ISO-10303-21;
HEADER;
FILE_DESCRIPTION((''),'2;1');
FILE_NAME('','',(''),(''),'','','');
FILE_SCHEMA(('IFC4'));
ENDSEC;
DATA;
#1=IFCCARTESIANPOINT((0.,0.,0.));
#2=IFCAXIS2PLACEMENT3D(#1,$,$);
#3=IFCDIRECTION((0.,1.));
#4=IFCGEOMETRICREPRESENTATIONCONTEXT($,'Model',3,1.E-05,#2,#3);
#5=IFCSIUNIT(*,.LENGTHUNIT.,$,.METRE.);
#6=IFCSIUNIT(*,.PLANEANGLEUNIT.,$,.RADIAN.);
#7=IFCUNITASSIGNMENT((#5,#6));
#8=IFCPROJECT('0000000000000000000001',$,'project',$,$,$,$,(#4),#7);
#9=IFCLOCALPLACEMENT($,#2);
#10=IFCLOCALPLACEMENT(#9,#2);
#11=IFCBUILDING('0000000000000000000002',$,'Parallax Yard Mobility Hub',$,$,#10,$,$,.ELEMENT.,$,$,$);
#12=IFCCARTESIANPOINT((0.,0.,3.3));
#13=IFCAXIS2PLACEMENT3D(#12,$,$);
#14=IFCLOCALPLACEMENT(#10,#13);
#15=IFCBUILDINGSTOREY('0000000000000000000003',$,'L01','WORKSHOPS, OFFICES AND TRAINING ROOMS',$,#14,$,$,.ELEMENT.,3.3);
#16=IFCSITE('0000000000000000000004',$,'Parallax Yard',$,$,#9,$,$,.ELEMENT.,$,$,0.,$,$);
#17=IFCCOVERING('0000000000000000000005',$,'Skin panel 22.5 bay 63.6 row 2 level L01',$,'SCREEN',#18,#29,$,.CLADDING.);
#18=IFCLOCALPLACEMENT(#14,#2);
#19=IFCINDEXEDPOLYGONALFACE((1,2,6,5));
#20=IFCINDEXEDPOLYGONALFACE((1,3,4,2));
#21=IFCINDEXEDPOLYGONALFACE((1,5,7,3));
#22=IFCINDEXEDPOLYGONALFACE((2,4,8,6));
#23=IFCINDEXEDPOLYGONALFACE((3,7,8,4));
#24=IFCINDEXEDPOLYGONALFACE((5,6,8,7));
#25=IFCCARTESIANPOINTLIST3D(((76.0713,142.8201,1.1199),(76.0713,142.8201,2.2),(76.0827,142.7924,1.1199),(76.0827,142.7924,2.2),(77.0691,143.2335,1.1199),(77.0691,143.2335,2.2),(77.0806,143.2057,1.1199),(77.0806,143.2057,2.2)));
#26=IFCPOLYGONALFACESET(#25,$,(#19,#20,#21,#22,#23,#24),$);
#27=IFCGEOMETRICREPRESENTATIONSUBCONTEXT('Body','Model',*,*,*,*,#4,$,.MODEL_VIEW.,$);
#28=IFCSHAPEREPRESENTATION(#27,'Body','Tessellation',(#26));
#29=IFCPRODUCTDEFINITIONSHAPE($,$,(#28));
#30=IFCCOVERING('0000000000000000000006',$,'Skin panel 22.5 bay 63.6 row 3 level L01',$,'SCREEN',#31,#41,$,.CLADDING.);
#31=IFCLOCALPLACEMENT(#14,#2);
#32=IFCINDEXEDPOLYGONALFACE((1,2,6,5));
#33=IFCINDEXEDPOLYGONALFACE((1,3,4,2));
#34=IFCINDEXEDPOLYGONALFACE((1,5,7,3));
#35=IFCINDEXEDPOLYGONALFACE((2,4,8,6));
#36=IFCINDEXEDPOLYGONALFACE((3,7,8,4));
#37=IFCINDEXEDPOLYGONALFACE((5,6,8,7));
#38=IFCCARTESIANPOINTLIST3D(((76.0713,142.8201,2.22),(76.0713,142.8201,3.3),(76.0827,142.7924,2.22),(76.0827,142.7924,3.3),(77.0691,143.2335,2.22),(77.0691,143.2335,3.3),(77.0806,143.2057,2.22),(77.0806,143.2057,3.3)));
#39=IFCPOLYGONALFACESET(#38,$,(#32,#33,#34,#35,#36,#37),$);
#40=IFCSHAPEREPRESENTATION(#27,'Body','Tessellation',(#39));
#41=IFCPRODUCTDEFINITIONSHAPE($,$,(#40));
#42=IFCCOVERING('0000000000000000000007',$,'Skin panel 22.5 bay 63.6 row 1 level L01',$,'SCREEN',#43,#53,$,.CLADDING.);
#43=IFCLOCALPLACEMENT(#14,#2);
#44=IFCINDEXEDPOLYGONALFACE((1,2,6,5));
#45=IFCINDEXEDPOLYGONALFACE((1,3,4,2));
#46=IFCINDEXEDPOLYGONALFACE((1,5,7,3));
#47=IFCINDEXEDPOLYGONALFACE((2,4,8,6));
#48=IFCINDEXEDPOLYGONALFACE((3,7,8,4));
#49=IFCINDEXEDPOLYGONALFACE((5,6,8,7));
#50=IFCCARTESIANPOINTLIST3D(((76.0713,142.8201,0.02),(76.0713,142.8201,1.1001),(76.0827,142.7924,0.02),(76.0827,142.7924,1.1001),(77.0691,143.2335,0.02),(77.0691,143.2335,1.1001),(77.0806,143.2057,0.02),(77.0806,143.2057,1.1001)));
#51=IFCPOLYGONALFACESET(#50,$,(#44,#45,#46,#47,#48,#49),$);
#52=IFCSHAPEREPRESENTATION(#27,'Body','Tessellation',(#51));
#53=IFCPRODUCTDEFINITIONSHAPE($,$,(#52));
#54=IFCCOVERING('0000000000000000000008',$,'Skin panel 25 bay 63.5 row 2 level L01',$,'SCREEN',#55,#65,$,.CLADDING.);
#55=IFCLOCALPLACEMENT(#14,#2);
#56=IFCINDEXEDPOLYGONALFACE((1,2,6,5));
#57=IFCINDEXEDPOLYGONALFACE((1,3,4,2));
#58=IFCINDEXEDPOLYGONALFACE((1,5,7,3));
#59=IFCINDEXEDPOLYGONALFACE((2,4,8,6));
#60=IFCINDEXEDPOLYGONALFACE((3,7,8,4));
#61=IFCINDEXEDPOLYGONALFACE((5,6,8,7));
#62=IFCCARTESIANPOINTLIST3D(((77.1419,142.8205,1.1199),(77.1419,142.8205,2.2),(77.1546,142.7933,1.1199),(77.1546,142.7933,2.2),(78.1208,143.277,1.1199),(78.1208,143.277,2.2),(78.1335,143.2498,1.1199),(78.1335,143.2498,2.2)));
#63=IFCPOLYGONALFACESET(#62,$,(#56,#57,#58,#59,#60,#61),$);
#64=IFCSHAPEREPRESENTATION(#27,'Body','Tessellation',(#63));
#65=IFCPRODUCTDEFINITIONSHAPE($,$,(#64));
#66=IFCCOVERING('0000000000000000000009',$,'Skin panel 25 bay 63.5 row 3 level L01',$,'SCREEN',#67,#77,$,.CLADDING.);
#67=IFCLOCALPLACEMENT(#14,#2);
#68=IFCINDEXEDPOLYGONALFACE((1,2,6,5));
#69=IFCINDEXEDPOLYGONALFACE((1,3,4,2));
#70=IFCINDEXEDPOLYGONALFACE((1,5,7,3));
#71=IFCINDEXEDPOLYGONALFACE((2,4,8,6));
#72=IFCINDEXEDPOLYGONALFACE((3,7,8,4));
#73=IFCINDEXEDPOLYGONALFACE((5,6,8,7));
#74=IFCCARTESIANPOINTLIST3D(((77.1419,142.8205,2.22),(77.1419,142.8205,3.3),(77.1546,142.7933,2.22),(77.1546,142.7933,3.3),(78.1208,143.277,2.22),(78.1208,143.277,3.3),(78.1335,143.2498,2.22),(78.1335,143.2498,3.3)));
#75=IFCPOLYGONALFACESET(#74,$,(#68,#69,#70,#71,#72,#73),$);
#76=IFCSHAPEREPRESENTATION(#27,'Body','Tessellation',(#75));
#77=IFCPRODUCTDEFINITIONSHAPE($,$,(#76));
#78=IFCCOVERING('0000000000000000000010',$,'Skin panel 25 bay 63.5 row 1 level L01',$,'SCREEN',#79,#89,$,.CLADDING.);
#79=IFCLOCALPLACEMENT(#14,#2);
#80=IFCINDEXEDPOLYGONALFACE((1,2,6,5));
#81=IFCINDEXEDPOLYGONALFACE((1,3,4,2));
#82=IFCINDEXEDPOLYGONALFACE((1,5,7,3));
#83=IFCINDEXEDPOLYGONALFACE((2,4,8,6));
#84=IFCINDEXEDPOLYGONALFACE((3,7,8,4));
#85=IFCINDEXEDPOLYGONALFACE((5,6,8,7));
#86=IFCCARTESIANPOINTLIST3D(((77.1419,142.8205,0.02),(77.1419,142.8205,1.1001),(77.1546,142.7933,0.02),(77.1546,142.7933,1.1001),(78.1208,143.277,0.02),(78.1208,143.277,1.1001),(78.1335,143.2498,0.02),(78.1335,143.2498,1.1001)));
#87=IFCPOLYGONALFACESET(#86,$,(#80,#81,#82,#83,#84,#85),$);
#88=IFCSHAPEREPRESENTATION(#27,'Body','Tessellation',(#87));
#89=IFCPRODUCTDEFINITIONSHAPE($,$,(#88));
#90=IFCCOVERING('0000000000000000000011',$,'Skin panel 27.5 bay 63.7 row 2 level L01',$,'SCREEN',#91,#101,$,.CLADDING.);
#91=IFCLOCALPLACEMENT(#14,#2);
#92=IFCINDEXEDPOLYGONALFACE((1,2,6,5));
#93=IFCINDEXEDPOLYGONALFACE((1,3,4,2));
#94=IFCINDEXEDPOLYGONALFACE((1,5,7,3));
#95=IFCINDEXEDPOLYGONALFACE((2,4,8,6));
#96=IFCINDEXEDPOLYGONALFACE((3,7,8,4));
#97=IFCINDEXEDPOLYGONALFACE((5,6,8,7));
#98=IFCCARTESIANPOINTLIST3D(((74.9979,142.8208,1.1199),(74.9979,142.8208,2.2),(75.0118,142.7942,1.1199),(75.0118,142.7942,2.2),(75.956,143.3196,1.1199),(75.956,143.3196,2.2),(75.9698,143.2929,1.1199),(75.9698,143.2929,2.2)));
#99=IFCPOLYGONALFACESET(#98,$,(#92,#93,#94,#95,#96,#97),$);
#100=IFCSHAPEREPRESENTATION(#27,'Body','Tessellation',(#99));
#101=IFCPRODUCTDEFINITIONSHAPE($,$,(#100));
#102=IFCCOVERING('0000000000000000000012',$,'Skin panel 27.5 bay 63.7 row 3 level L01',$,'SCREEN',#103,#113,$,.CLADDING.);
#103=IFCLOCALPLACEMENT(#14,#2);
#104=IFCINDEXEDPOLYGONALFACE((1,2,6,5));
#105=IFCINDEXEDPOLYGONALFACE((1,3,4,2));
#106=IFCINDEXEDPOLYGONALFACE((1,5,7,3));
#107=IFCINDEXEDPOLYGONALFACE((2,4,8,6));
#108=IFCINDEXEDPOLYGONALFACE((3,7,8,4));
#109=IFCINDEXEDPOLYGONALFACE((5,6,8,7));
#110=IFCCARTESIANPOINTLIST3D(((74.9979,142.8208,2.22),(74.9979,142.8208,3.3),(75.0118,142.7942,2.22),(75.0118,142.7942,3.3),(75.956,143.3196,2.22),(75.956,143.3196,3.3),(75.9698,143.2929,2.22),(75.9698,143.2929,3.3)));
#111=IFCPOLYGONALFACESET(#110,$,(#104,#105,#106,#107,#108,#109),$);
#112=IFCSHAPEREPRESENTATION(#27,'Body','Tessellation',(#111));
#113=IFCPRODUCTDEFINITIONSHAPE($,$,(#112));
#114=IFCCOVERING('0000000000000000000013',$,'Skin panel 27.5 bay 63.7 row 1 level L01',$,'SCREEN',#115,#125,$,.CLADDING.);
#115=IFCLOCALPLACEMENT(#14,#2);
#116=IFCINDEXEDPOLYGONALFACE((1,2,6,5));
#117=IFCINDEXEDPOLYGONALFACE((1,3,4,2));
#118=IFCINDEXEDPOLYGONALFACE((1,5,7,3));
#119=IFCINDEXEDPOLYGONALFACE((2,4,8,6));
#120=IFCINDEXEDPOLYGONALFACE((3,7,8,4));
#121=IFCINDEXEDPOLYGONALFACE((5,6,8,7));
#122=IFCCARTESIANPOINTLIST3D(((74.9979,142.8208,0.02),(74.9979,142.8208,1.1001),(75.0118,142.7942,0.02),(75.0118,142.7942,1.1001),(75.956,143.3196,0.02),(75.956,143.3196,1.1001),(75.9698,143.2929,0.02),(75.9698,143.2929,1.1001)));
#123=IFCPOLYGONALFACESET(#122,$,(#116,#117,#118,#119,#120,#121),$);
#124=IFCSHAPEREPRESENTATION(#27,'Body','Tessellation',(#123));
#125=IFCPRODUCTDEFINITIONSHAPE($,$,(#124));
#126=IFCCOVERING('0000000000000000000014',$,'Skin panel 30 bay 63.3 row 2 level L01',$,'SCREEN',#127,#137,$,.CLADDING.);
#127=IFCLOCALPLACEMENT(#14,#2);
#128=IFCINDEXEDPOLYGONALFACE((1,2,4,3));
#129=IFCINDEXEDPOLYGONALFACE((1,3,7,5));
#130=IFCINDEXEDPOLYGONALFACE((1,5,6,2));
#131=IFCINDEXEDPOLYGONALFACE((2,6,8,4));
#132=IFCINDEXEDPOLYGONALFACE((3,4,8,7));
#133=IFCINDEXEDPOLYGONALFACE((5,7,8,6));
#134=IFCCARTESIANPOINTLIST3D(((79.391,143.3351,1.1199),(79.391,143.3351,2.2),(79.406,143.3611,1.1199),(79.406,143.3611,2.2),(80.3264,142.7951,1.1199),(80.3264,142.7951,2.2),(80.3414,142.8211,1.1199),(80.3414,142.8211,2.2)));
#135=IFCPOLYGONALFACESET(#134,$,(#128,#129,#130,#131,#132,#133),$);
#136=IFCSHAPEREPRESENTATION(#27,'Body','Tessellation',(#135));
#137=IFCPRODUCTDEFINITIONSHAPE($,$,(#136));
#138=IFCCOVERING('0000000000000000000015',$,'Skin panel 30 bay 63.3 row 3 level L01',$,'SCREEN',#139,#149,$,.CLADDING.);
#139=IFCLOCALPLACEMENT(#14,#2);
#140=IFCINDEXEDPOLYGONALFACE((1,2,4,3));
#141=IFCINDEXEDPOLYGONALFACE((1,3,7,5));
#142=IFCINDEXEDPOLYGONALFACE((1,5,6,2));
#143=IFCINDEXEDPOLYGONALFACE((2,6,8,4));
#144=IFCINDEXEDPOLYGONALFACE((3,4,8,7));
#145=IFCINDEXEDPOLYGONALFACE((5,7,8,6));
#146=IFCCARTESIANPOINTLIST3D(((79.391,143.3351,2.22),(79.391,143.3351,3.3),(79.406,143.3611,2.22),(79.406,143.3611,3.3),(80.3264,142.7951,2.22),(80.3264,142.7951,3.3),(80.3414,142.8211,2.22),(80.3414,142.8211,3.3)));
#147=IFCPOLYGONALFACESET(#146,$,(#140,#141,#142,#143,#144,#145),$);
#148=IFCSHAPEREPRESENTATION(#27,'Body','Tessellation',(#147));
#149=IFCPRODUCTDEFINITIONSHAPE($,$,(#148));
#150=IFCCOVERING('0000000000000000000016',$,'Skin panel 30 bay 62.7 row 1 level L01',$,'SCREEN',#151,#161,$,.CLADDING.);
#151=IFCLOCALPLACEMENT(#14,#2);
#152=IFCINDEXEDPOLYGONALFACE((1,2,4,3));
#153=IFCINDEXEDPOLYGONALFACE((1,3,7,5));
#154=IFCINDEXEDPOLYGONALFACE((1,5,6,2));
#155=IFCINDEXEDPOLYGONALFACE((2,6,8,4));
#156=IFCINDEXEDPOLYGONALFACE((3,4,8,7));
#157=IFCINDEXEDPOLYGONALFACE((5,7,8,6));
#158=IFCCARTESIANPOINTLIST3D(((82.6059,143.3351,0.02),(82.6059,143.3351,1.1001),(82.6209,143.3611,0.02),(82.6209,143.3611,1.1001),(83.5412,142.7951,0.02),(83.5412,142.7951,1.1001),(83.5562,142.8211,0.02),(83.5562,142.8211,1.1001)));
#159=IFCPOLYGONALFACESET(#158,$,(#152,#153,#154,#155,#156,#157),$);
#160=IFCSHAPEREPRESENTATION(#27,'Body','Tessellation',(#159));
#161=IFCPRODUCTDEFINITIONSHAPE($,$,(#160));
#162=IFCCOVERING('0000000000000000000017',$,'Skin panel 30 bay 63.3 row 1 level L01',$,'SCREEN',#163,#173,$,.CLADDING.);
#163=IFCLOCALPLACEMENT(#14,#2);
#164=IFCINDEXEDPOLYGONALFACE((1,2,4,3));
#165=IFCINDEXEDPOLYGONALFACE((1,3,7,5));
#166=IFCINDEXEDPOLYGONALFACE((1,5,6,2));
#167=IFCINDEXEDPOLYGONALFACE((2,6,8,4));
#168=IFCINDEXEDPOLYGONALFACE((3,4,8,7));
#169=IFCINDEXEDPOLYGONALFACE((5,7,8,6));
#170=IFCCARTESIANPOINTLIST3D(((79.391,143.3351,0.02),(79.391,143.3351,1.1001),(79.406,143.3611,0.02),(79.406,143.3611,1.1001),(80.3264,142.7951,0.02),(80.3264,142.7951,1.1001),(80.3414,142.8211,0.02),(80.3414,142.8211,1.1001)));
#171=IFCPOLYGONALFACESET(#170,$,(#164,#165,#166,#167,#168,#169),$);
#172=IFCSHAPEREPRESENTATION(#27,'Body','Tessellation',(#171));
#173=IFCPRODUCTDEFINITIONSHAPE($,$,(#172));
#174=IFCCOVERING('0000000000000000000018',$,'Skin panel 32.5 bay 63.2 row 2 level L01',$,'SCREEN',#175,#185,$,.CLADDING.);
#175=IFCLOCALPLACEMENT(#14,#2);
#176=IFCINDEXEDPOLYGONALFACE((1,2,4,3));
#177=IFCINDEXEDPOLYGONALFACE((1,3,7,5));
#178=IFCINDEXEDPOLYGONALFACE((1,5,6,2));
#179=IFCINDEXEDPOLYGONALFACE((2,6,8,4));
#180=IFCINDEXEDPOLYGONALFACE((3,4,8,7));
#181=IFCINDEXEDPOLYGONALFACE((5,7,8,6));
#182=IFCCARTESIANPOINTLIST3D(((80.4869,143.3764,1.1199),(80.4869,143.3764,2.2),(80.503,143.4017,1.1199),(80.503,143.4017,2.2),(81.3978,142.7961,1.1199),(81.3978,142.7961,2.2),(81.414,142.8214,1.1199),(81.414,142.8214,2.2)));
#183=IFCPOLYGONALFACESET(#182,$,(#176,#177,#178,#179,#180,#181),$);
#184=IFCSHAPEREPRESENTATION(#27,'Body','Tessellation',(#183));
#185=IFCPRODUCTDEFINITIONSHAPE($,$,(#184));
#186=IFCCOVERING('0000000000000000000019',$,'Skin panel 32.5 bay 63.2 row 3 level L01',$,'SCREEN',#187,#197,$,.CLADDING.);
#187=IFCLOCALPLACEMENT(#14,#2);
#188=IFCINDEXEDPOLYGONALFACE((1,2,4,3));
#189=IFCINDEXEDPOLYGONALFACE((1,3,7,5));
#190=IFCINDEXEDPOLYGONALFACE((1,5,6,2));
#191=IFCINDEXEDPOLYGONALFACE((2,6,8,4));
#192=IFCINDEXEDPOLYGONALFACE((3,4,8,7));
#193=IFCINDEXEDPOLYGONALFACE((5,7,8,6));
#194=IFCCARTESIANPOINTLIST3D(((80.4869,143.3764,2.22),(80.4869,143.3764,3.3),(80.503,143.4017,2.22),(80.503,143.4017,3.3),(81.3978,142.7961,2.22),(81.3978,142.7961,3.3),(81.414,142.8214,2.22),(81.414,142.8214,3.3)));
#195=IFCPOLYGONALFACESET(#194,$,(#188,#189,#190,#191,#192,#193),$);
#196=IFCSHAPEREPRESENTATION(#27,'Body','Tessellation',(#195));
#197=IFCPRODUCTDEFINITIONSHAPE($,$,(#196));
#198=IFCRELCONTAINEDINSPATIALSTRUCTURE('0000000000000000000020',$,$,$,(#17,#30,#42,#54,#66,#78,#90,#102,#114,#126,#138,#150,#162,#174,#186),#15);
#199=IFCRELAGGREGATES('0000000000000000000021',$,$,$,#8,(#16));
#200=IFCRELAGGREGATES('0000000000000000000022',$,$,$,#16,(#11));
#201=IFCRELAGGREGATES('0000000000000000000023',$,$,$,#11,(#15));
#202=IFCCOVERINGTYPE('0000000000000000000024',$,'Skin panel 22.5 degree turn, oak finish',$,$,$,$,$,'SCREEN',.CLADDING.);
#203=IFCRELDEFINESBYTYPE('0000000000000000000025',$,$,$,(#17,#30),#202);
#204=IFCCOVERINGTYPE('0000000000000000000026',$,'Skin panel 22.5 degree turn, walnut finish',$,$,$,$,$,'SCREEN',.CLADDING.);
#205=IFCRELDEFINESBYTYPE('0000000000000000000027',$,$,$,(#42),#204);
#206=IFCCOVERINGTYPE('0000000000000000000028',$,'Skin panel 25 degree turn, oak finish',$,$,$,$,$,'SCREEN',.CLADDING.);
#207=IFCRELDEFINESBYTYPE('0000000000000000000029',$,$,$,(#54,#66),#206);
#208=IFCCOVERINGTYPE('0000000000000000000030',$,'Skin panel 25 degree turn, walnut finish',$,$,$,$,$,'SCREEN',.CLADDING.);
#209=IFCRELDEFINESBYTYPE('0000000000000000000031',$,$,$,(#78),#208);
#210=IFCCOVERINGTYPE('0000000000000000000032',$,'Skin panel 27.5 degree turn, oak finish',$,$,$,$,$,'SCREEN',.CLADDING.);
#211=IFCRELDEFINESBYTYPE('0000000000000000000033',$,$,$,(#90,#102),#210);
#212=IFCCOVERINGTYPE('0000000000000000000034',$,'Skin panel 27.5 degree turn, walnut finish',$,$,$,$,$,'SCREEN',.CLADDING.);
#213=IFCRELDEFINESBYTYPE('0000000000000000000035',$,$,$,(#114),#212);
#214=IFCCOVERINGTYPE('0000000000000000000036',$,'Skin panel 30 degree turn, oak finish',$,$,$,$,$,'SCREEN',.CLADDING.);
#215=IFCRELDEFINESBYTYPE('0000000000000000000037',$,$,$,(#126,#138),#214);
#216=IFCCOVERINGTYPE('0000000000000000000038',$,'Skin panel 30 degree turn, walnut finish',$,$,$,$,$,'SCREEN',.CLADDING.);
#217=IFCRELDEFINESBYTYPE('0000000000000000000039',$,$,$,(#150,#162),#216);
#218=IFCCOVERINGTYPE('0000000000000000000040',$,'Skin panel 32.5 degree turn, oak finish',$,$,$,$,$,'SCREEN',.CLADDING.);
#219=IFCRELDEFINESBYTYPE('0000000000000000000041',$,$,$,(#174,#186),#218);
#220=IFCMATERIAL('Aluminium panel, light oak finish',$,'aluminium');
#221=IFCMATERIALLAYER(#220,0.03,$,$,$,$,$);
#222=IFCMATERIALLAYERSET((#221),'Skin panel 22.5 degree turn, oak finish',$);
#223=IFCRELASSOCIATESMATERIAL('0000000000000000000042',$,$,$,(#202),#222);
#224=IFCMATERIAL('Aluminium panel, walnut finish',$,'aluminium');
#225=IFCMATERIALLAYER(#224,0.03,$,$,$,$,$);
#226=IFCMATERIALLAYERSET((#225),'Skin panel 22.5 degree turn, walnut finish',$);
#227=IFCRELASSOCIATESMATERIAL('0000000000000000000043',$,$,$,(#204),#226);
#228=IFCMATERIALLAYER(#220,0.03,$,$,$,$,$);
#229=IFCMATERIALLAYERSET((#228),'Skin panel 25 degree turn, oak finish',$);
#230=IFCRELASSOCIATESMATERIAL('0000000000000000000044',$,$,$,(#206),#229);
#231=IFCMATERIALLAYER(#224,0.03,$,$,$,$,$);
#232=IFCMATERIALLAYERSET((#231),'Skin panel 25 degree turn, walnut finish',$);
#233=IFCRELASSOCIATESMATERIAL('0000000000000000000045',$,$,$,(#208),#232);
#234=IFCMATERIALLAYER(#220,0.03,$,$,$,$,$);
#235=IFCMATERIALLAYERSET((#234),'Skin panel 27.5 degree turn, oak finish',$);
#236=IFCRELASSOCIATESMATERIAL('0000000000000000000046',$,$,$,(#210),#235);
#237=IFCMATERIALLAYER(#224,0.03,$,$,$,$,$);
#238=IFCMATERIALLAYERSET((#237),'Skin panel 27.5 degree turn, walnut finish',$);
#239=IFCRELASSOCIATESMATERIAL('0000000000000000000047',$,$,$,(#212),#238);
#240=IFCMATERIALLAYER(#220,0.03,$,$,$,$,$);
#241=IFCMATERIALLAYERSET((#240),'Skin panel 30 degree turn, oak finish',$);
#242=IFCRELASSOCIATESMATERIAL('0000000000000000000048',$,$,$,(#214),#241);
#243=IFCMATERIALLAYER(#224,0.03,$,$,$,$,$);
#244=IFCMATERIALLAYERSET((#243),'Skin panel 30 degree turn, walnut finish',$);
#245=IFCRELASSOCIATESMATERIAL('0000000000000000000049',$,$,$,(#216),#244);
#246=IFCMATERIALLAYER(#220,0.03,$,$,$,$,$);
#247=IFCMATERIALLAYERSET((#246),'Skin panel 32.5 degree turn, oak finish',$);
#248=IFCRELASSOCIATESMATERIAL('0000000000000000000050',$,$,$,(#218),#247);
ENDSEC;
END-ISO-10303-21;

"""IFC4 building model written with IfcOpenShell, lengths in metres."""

from ifc_helpers import new_model, si_unit, direction, frame, origin, origin_2d, place, context, subcontext, project, spatial, rectangle, extrude, material, layer, layer_set, type_object, element, save


model = new_model("IFC4")

# Units and contexts
model_context = context("Model", 3, precision=1e-05, world=origin(), true_north=direction((0.0, 1.0)))
body_context = subcontext(model_context, "Body", "Model", "MODEL_VIEW")
ifc_project = project(units=[si_unit("LENGTHUNIT", "METRE"), si_unit("PLANEANGLEUNIT", "RADIAN")], contexts=[model_context])

# Site, building, storey
site_placement = place(None, origin())
site = spatial("IfcSite", under=ifc_project, at=site_placement, Name="Parallax Yard", CompositionType="ELEMENT", RefElevation=0.0)
building_placement = place(site_placement, origin())
building = spatial("IfcBuilding", under=site, at=building_placement, Name="Parallax Yard Mobility Hub", CompositionType="ELEMENT")
storey_placement = place(building_placement, frame((0.0, 0.0, 3.3)))
storey = spatial("IfcBuildingStorey", under=building, at=storey_placement, Name="L01", Description="WORKSHOPS, OFFICES AND TRAINING ROOMS", CompositionType="ELEMENT", Elevation=3.3)

# Coverings
ifc_material_1 = material(Name="Aluminium panel, light oak finish", Category="aluminium")
ifc_layer_1 = layer(ifc_material_1, 0.03)
ifc_layer_set_1 = layer_set([ifc_layer_1], Name="Skin panel 22.5 degree turn, oak finish")
covering_type_1 = type_object("IfcCoveringType", Name="Skin panel 22.5 degree turn, oak finish", ElementType="SCREEN", PredefinedType="CLADDING", material=ifc_layer_set_1)
for number, where, z_axis, x_axis, name in (
    (1, (76.5759, 143.0129, 1.1199), (0.0, 0.0, 1.0), (0.92388, 0.382683, 0.0), "Skin panel 22.5 bay 63.6 row 2 level L01"),
    (2, (76.5759, 143.0129, 2.22), (0.0, 0.0, 1.0), (0.92388, 0.382683, 0.0), "Skin panel 22.5 bay 63.6 row 3 level L01"),
):
    element("IfcCovering", number, at=place(storey_placement, frame(where, z_axis=z_axis, x_axis=x_axis)), inside=storey, type_object=covering_type_1, Name=name, ObjectType="SCREEN", PredefinedType="CLADDING", context=body_context, shape_type="SweptSolid", body=[
        extrude(rectangle(XDim=1.0801, YDim=0.03, at=origin_2d()), origin(), (0.0, 0.0, 1.0), 1.0801),
    ])
ifc_material_2 = material(Name="Aluminium panel, walnut finish", Category="aluminium")
ifc_layer_2 = layer(ifc_material_2, 0.03)
ifc_layer_set_2 = layer_set([ifc_layer_2], Name="Skin panel 22.5 degree turn, walnut finish")
covering_type_2 = type_object("IfcCoveringType", Name="Skin panel 22.5 degree turn, walnut finish", ElementType="SCREEN", PredefinedType="CLADDING", material=ifc_layer_set_2)
covering_1_placement = place(storey_placement, frame((76.5759, 143.0129, 0.02), z_axis=(0.0, 0.0, 1.0), x_axis=(0.92388, 0.382683, 0.0)))
element("IfcCovering", 3, at=covering_1_placement, inside=storey, type_object=covering_type_2, Name="Skin panel 22.5 bay 63.6 row 1 level L01", ObjectType="SCREEN", PredefinedType="CLADDING", context=body_context, shape_type="SweptSolid", body=[
    extrude(rectangle(XDim=1.0801, YDim=0.03, at=origin_2d()), origin(), (0.0, 0.0, 1.0), 1.0801),
])
ifc_layer_3 = layer(ifc_material_1, 0.03)
ifc_layer_set_3 = layer_set([ifc_layer_3], Name="Skin panel 25 degree turn, oak finish")
covering_type_3 = type_object("IfcCoveringType", Name="Skin panel 25 degree turn, oak finish", ElementType="SCREEN", PredefinedType="CLADDING", material=ifc_layer_set_3)
for number, where, z_axis, x_axis, name in (
    (4, (77.6377, 143.0352, 1.1199), (0.0, 0.0, 1.0), (0.906308, 0.422618, 0.0), "Skin panel 25 bay 63.5 row 2 level L01"),
    (5, (77.6377, 143.0352, 2.22), (0.0, 0.0, 1.0), (0.906308, 0.422618, 0.0), "Skin panel 25 bay 63.5 row 3 level L01"),
):
    element("IfcCovering", number, at=place(storey_placement, frame(where, z_axis=z_axis, x_axis=x_axis)), inside=storey, type_object=covering_type_3, Name=name, ObjectType="SCREEN", PredefinedType="CLADDING", context=body_context, shape_type="SweptSolid", body=[
        extrude(rectangle(XDim=1.0801, YDim=0.03, at=origin_2d()), origin(), (0.0, 0.0, 1.0), 1.0801),
    ])
ifc_layer_4 = layer(ifc_material_2, 0.03)
ifc_layer_set_4 = layer_set([ifc_layer_4], Name="Skin panel 25 degree turn, walnut finish")
covering_type_4 = type_object("IfcCoveringType", Name="Skin panel 25 degree turn, walnut finish", ElementType="SCREEN", PredefinedType="CLADDING", material=ifc_layer_set_4)
covering_2_placement = place(storey_placement, frame((77.6377, 143.0352, 0.02), z_axis=(0.0, 0.0, 1.0), x_axis=(0.906308, 0.422618, 0.0)))
element("IfcCovering", 6, at=covering_2_placement, inside=storey, type_object=covering_type_4, Name="Skin panel 25 bay 63.5 row 1 level L01", ObjectType="SCREEN", PredefinedType="CLADDING", context=body_context, shape_type="SweptSolid", body=[
    extrude(rectangle(XDim=1.0801, YDim=0.03, at=origin_2d()), origin(), (0.0, 0.0, 1.0), 1.0801),
])
ifc_layer_5 = layer(ifc_material_1, 0.03)
ifc_layer_set_5 = layer_set([ifc_layer_5], Name="Skin panel 27.5 degree turn, oak finish")
covering_type_5 = type_object("IfcCoveringType", Name="Skin panel 27.5 degree turn, oak finish", ElementType="SCREEN", PredefinedType="CLADDING", material=ifc_layer_set_5)
for number, where, z_axis, x_axis, name in (
    (7, (75.4839, 143.0569, 1.1199), (0.0, 0.0, 1.0), (0.887011, 0.461749, 0.0), "Skin panel 27.5 bay 63.7 row 2 level L01"),
    (8, (75.4839, 143.0569, 2.22), (0.0, 0.0, 1.0), (0.887011, 0.461749, 0.0), "Skin panel 27.5 bay 63.7 row 3 level L01"),
):
    element("IfcCovering", number, at=place(storey_placement, frame(where, z_axis=z_axis, x_axis=x_axis)), inside=storey, type_object=covering_type_5, Name=name, ObjectType="SCREEN", PredefinedType="CLADDING", context=body_context, shape_type="SweptSolid", body=[
        extrude(rectangle(XDim=1.0801, YDim=0.03, at=origin_2d()), origin(), (0.0, 0.0, 1.0), 1.0801),
    ])
ifc_layer_6 = layer(ifc_material_2, 0.03)
ifc_layer_set_6 = layer_set([ifc_layer_6], Name="Skin panel 27.5 degree turn, walnut finish")
covering_type_6 = type_object("IfcCoveringType", Name="Skin panel 27.5 degree turn, walnut finish", ElementType="SCREEN", PredefinedType="CLADDING", material=ifc_layer_set_6)
covering_3_placement = place(storey_placement, frame((75.4839, 143.0569, 0.02), z_axis=(0.0, 0.0, 1.0), x_axis=(0.887011, 0.461749, 0.0)))
element("IfcCovering", 9, at=covering_3_placement, inside=storey, type_object=covering_type_6, Name="Skin panel 27.5 bay 63.7 row 1 level L01", ObjectType="SCREEN", PredefinedType="CLADDING", context=body_context, shape_type="SweptSolid", body=[
    extrude(rectangle(XDim=1.0801, YDim=0.03, at=origin_2d()), origin(), (0.0, 0.0, 1.0), 1.0801),
])
ifc_layer_7 = layer(ifc_material_1, 0.03)
ifc_layer_set_7 = layer_set([ifc_layer_7], Name="Skin panel 30 degree turn, oak finish")
covering_type_7 = type_object("IfcCoveringType", Name="Skin panel 30 degree turn, oak finish", ElementType="SCREEN", PredefinedType="CLADDING", material=ifc_layer_set_7)
for number, where, z_axis, x_axis, name in (
    (10, (79.8662, 143.0781, 1.1199), (0.0, 0.0, 1.0), (-0.866025, 0.5, 0.0), "Skin panel 30 bay 63.3 row 2 level L01"),
    (11, (79.8662, 143.0781, 2.22), (0.0, 0.0, 1.0), (-0.866025, 0.5, 0.0), "Skin panel 30 bay 63.3 row 3 level L01"),
):
    element("IfcCovering", number, at=place(storey_placement, frame(where, z_axis=z_axis, x_axis=x_axis)), inside=storey, type_object=covering_type_7, Name=name, ObjectType="SCREEN", PredefinedType="CLADDING", context=body_context, shape_type="SweptSolid", body=[
        extrude(rectangle(XDim=1.0801, YDim=0.03, at=origin_2d()), origin(), (0.0, 0.0, 1.0), 1.0801),
    ])
ifc_layer_8 = layer(ifc_material_2, 0.03)
ifc_layer_set_8 = layer_set([ifc_layer_8], Name="Skin panel 30 degree turn, walnut finish")
covering_type_8 = type_object("IfcCoveringType", Name="Skin panel 30 degree turn, walnut finish", ElementType="SCREEN", PredefinedType="CLADDING", material=ifc_layer_set_8)
for number, where, z_axis, x_axis, name in (
    (12, (83.0811, 143.0781, 0.02), (0.0, 0.0, 1.0), (-0.866025, 0.5, 0.0), "Skin panel 30 bay 62.7 row 1 level L01"),
    (13, (79.8662, 143.0781, 0.02), (0.0, 0.0, 1.0), (-0.866025, 0.5, 0.0), "Skin panel 30 bay 63.3 row 1 level L01"),
):
    element("IfcCovering", number, at=place(storey_placement, frame(where, z_axis=z_axis, x_axis=x_axis)), inside=storey, type_object=covering_type_8, Name=name, ObjectType="SCREEN", PredefinedType="CLADDING", context=body_context, shape_type="SweptSolid", body=[
        extrude(rectangle(XDim=1.0801, YDim=0.03, at=origin_2d()), origin(), (0.0, 0.0, 1.0), 1.0801),
    ])
ifc_layer_9 = layer(ifc_material_1, 0.03)
ifc_layer_set_9 = layer_set([ifc_layer_9], Name="Skin panel 32.5 degree turn, oak finish")
covering_type_9 = type_object("IfcCoveringType", Name="Skin panel 32.5 degree turn, oak finish", ElementType="SCREEN", PredefinedType="CLADDING", material=ifc_layer_set_9)
for number, where, z_axis, x_axis, name in (
    (14, (80.9504, 143.0989, 1.1199), (0.0, 0.0, 1.0), (-0.843391, 0.5373, 0.0), "Skin panel 32.5 bay 63.2 row 2 level L01"),
    (15, (80.9504, 143.0989, 2.22), (0.0, 0.0, 1.0), (-0.843391, 0.5373, 0.0), "Skin panel 32.5 bay 63.2 row 3 level L01"),
):
    element("IfcCovering", number, at=place(storey_placement, frame(where, z_axis=z_axis, x_axis=x_axis)), inside=storey, type_object=covering_type_9, Name=name, ObjectType="SCREEN", PredefinedType="CLADDING", context=body_context, shape_type="SweptSolid", body=[
        extrude(rectangle(XDim=1.0801, YDim=0.03, at=origin_2d()), origin(), (0.0, 0.0, 1.0), 1.0801),
    ])

save(model, "model.ifc")
